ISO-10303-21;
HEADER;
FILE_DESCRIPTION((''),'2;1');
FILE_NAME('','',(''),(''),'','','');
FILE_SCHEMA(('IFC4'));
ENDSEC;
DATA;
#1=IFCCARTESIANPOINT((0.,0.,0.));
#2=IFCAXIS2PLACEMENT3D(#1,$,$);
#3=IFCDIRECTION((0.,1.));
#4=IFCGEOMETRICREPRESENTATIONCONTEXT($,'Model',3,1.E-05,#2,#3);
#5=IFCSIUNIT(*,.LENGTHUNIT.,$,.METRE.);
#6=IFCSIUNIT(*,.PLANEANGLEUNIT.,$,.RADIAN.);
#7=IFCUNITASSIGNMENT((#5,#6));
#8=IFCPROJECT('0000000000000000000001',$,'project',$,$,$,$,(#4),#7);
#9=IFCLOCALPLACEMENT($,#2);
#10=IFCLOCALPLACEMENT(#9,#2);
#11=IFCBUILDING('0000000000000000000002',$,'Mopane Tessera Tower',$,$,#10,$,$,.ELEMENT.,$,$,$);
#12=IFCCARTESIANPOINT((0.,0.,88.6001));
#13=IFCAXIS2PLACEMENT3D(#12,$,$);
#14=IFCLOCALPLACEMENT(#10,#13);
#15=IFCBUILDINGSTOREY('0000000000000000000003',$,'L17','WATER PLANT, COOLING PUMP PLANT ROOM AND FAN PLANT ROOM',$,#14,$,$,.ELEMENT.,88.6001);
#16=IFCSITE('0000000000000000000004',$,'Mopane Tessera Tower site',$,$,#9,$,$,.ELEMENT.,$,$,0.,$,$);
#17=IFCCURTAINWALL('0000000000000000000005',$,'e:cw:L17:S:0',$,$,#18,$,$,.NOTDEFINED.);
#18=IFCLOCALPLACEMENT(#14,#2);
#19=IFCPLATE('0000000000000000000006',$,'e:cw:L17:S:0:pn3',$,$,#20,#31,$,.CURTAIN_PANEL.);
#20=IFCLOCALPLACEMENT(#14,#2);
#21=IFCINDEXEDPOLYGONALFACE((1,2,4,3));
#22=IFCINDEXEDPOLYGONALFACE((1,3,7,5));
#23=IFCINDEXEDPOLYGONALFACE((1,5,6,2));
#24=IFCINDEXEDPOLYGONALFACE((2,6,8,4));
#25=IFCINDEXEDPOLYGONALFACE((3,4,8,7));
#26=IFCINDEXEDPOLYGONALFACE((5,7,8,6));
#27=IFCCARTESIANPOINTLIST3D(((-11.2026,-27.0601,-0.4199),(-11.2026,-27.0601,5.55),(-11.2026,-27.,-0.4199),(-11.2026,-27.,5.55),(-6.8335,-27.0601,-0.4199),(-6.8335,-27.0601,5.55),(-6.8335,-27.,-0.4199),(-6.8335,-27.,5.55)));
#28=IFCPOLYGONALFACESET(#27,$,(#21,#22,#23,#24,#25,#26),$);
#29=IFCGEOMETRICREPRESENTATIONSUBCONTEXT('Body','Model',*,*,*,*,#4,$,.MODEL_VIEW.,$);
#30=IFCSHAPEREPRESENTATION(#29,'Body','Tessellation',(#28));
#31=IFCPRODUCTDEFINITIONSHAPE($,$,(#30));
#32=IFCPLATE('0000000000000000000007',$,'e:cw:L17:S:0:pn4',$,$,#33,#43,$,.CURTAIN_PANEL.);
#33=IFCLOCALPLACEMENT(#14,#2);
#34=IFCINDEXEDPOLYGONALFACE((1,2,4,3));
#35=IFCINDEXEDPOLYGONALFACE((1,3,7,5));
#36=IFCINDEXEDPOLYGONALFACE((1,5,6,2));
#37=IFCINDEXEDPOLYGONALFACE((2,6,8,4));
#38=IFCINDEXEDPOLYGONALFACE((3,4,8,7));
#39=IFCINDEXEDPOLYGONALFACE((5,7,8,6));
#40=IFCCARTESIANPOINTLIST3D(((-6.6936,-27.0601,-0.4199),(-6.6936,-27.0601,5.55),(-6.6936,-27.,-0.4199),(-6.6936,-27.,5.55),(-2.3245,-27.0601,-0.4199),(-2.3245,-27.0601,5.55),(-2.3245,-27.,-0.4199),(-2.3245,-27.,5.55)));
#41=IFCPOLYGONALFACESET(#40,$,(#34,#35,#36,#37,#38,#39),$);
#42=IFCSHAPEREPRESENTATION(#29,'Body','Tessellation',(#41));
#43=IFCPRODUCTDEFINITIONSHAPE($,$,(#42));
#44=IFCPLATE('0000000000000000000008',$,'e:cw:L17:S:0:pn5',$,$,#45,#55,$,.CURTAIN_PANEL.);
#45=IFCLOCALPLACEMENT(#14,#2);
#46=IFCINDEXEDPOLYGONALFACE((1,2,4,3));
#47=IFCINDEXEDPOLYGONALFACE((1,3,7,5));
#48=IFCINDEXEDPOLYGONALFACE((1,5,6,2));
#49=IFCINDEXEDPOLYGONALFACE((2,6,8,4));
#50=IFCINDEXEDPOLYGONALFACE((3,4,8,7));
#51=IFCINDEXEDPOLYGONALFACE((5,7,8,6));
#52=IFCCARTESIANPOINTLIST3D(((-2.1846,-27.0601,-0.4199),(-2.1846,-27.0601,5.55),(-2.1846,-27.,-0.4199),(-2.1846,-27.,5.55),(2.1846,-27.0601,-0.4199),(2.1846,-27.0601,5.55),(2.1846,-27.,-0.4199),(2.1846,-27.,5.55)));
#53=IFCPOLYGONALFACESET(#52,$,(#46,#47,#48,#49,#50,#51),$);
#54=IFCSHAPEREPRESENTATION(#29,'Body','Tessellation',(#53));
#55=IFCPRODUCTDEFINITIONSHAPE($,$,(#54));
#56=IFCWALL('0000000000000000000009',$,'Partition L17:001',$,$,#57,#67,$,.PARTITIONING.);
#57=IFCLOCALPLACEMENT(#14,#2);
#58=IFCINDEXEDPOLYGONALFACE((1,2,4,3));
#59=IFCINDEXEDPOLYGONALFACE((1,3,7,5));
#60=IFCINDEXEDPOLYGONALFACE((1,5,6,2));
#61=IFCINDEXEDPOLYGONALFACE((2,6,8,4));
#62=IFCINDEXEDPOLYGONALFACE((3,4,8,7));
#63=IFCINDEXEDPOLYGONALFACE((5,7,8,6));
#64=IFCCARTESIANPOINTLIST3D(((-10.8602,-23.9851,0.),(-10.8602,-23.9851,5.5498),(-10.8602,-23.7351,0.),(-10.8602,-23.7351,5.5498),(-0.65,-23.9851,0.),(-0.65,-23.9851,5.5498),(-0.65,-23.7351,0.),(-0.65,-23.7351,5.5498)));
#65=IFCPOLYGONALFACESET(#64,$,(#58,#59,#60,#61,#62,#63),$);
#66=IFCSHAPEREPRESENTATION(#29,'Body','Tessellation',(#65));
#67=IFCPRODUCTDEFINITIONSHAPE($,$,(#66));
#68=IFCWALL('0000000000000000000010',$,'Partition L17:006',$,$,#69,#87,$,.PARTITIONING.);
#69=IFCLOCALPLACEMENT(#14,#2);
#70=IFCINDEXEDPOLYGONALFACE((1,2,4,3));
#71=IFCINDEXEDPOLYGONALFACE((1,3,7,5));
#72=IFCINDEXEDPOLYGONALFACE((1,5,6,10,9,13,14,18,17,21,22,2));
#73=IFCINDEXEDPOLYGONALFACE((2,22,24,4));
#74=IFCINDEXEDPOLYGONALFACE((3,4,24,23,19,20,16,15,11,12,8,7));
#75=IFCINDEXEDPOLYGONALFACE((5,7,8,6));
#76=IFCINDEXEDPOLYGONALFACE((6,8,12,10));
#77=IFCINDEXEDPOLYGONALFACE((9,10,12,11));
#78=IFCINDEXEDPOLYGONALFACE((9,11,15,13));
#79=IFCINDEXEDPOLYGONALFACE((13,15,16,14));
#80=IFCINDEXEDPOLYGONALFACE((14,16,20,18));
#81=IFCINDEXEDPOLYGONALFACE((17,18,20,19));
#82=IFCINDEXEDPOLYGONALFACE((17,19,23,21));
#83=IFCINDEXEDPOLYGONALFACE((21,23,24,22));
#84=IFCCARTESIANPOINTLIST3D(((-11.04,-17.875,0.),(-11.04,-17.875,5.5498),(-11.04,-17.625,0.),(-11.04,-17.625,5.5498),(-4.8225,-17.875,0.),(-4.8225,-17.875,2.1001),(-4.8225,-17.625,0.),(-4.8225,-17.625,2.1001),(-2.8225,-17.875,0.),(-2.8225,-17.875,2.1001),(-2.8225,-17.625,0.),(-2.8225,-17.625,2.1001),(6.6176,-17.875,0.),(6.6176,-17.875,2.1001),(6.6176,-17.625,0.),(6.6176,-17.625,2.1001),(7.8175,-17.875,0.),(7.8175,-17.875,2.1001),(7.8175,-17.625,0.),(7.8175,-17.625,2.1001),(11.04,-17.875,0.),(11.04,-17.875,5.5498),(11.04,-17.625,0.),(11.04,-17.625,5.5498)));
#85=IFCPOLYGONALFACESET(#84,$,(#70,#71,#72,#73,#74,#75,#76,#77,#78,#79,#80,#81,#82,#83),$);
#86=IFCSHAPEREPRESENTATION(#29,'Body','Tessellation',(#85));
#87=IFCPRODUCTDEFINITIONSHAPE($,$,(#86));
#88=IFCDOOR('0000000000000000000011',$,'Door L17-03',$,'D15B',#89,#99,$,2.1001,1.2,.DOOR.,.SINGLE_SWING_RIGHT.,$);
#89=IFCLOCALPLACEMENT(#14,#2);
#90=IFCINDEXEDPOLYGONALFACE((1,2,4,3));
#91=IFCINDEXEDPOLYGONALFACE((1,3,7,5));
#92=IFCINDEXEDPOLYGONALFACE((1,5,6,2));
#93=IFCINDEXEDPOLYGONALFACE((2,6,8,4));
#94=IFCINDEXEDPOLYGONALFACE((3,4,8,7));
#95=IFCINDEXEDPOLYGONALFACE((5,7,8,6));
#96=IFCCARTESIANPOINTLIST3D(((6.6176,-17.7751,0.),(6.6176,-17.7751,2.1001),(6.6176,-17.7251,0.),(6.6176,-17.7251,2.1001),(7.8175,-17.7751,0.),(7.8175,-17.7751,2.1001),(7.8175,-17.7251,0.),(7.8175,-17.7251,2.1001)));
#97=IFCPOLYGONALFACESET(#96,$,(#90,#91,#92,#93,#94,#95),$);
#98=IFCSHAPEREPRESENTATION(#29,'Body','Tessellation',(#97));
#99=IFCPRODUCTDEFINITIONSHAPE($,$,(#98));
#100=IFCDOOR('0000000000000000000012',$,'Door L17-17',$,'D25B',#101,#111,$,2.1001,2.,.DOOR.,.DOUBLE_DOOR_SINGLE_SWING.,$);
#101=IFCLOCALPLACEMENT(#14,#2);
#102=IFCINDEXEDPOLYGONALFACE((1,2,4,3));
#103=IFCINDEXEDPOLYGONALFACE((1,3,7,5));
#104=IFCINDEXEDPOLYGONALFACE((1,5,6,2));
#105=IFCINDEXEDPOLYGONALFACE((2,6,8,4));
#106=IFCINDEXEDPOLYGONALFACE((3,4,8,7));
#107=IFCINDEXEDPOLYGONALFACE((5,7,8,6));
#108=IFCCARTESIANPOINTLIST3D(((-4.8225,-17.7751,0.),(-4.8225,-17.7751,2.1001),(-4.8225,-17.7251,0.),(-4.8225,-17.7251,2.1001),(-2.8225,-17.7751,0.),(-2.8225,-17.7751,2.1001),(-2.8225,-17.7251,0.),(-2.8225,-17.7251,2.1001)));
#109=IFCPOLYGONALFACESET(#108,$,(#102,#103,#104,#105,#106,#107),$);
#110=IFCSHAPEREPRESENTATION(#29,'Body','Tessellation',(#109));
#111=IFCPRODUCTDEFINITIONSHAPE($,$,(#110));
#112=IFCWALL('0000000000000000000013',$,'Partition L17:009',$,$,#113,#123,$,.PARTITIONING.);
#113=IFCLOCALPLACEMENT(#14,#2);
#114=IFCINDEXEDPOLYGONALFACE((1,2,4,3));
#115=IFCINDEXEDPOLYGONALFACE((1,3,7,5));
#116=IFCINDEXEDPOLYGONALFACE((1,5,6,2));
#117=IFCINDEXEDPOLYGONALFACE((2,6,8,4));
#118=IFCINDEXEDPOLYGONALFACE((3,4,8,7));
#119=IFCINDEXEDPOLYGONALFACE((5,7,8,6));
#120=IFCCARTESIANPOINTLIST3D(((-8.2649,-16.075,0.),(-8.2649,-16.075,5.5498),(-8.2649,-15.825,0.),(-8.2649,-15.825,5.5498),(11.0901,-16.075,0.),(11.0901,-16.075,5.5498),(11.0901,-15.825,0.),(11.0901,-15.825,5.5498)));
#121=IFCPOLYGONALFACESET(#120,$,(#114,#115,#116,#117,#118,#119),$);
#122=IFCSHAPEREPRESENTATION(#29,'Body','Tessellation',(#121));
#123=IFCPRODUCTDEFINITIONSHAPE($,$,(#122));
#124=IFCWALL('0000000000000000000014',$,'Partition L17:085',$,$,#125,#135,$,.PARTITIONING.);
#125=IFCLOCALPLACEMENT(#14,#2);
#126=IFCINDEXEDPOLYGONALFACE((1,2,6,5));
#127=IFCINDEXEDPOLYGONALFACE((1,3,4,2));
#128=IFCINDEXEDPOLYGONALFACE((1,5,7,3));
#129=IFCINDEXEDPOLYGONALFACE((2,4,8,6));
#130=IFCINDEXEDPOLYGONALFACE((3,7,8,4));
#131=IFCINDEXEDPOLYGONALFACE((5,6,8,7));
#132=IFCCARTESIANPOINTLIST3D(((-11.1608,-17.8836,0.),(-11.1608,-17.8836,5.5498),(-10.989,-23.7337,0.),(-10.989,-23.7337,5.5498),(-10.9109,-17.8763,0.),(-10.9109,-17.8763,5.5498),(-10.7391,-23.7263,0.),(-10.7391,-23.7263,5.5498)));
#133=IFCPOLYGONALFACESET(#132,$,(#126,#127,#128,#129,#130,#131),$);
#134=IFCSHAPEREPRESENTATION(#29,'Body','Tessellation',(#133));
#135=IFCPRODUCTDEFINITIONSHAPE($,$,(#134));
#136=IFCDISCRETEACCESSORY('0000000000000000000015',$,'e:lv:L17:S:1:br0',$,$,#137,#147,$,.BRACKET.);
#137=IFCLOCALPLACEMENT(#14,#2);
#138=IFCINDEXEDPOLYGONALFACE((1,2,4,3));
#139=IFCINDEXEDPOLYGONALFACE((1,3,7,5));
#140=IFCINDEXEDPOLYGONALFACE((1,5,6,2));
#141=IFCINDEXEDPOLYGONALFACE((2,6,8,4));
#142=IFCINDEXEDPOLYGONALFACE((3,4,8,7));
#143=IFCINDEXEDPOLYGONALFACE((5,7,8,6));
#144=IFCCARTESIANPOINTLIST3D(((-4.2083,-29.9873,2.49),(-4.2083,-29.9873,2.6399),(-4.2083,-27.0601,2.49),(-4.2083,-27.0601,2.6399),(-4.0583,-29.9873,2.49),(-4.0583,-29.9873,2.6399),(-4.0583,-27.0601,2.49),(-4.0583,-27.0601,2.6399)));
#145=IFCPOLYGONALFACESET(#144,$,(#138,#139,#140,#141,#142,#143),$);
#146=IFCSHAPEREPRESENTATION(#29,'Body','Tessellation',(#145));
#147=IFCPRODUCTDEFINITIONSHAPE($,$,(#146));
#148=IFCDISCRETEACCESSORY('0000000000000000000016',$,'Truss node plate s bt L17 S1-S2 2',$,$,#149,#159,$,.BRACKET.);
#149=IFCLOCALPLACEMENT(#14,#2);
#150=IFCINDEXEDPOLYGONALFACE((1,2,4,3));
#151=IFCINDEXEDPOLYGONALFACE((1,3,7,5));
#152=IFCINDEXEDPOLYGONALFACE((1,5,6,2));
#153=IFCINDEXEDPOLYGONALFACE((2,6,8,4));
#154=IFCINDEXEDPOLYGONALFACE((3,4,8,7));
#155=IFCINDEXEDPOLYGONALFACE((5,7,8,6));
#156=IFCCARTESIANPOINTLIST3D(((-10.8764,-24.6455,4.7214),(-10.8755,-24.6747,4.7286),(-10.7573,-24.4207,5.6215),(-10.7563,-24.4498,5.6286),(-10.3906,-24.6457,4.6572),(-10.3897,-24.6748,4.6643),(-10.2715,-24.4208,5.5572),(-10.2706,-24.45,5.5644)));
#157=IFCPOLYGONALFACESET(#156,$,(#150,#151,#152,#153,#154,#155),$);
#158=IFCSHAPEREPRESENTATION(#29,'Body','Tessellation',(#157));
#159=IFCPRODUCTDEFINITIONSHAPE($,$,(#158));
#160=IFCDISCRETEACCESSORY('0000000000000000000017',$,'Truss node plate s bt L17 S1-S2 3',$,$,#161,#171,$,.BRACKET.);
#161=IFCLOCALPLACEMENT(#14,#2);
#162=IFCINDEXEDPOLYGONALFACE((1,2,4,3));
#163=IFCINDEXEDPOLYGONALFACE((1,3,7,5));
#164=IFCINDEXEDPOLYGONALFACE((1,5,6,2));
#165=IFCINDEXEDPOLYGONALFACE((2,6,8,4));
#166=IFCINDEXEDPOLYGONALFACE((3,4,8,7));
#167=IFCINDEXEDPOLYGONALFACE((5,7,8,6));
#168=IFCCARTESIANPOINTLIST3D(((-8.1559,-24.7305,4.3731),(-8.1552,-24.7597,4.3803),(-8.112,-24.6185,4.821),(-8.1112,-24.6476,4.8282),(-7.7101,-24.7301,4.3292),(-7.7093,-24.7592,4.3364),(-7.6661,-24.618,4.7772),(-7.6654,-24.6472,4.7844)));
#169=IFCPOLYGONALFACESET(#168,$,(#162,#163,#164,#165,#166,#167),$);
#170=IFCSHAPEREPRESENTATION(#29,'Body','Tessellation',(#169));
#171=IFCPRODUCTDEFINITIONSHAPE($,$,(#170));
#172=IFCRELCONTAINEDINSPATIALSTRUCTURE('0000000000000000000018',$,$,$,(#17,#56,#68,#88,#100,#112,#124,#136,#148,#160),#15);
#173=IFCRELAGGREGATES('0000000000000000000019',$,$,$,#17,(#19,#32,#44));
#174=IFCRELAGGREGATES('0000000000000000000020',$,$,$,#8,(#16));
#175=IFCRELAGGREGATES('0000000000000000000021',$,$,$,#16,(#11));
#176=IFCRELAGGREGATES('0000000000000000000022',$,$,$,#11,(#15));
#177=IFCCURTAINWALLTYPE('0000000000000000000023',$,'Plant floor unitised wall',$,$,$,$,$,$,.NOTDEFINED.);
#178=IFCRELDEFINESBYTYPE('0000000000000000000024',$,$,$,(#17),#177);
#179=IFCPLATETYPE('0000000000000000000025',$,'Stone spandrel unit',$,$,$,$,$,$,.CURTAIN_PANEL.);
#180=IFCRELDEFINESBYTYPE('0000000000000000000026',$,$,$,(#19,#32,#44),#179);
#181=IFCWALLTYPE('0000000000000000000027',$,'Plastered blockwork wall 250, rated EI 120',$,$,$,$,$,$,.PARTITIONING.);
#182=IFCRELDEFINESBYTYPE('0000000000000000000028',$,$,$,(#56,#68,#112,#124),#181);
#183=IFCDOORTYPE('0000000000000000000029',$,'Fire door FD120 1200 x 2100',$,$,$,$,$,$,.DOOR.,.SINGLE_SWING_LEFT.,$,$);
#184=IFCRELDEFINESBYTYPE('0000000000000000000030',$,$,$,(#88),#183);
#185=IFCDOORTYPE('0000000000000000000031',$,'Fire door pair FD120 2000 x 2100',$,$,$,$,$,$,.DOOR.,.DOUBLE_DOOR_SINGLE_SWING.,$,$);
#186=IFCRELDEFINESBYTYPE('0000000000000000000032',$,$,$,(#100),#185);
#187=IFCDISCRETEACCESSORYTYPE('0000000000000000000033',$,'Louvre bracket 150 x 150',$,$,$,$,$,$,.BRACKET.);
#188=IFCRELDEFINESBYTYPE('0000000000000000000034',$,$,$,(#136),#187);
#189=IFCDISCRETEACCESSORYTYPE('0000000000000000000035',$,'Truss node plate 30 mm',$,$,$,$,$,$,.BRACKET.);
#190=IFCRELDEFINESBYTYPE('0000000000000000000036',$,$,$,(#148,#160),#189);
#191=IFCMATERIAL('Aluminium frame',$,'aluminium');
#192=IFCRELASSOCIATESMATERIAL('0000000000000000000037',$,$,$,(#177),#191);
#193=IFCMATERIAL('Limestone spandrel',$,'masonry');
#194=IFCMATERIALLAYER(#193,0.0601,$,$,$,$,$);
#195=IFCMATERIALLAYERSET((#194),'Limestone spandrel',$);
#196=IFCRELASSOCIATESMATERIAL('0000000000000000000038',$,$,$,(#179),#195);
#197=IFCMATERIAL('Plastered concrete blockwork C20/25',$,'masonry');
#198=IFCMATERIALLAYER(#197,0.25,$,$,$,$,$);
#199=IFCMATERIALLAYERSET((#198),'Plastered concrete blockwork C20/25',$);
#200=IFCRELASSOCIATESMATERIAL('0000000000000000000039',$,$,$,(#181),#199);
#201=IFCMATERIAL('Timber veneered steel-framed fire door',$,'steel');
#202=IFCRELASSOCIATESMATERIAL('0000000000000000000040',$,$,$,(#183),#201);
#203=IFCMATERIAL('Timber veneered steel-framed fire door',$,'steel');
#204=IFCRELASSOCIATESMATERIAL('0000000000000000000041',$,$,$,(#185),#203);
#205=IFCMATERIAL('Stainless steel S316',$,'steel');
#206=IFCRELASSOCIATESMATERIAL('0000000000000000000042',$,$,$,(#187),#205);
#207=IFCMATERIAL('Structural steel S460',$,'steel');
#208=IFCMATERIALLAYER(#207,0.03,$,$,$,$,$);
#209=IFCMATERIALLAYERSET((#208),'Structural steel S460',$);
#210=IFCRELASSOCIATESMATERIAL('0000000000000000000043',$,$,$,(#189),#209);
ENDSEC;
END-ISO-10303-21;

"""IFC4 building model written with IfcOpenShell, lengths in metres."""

from ifc_helpers import new_model, si_unit, direction, frame, frame_2d, origin, origin_2d, place, context, subcontext, project, spatial, rectangle, extrude, material, layer, layer_set, type_object, element, fill, aggregate, save


model = new_model("IFC4")

# Units and contexts
model_context = context("Model", 3, precision=1e-05, world=origin(), true_north=direction((0.0, 1.0)))
body_context = subcontext(model_context, "Body", "Model", "MODEL_VIEW")
ifc_project = project(units=[si_unit("LENGTHUNIT", "METRE"), si_unit("PLANEANGLEUNIT", "RADIAN")], contexts=[model_context])

# Site, building, storey
site_placement = place(None, origin())
site = spatial("IfcSite", under=ifc_project, at=site_placement, Name="Mopane Tessera Tower site", CompositionType="ELEMENT", RefElevation=0.0)
building_placement = place(site_placement, origin())
building = spatial("IfcBuilding", under=site, at=building_placement, Name="Mopane Tessera Tower", CompositionType="ELEMENT")
storey_placement = place(building_placement, frame((0.0, 0.0, 88.6001)))
storey = spatial("IfcBuildingStorey", under=building, at=storey_placement, Name="L17", Description="WATER PLANT, COOLING PUMP PLANT ROOM AND FAN PLANT ROOM", CompositionType="ELEMENT", Elevation=88.6001)

# Curtain wall
ifc_material_1 = material(Name="Aluminium frame", Category="aluminium")
curtain_wall_type = type_object("IfcCurtainWallType", Name="Plant floor unitised wall", PredefinedType="NOTDEFINED", material=ifc_material_1)
curtain_wall_placement = place(storey_placement, origin())
curtain_wall = element("IfcCurtainWall", 1, at=curtain_wall_placement, inside=storey, type_object=curtain_wall_type, Name="e:cw:L17:S:0", PredefinedType="NOTDEFINED")

# Plates
ifc_material_2 = material(Name="Limestone spandrel", Category="masonry")
ifc_layer_1 = layer(ifc_material_2, 0.0601)
ifc_layer_set_1 = layer_set([ifc_layer_1], Name="Limestone spandrel")
plate_type = type_object("IfcPlateType", Name="Stone spandrel unit", PredefinedType="CURTAIN_PANEL", material=ifc_layer_set_1)
plate_1_placement = place(storey_placement, frame((-9.0181, -27.03, -0.4199), z_axis=(0.0, 0.0, 1.0), x_axis=(1.0, 0.0, 0.0)))
plate_1 = element("IfcPlate", 2, at=plate_1_placement, type_object=plate_type, Name="e:cw:L17:S:0:pn3", PredefinedType="CURTAIN_PANEL", context=body_context, shape_type="SweptSolid", body=[
    extrude(rectangle(XDim=4.3691, YDim=0.0601, at=origin_2d()), origin(), (0.0, 0.0, 1.0), 5.97),
])
plate_2_placement = place(storey_placement, frame((-4.509, -27.03, -0.4199), z_axis=(0.0, 0.0, 1.0), x_axis=(1.0, 0.0, 0.0)))
plate_2 = element("IfcPlate", 3, at=plate_2_placement, type_object=plate_type, Name="e:cw:L17:S:0:pn4", PredefinedType="CURTAIN_PANEL", context=body_context, shape_type="SweptSolid", body=[
    extrude(rectangle(XDim=4.3691, YDim=0.0601, at=origin_2d()), origin(), (0.0, 0.0, 1.0), 5.97),
])
plate_3_placement = place(storey_placement, frame((0.0, -27.03, -0.4199), z_axis=(0.0, 0.0, 1.0), x_axis=(1.0, 0.0, 0.0)))
plate_3 = element("IfcPlate", 4, at=plate_3_placement, type_object=plate_type, Name="e:cw:L17:S:0:pn5", PredefinedType="CURTAIN_PANEL", context=body_context, shape_type="SweptSolid", body=[
    extrude(rectangle(XDim=4.3691, YDim=0.0601, at=origin_2d()), origin(), (0.0, 0.0, 1.0), 5.97),
])
aggregate(curtain_wall, [plate_1, plate_2, plate_3])

# Wall
ifc_material_3 = material(Name="Plastered concrete blockwork C20/25", Category="masonry")
ifc_layer_2 = layer(ifc_material_3, 0.25)
ifc_layer_set_2 = layer_set([ifc_layer_2], Name="Plastered concrete blockwork C20/25")
wall_type = type_object("IfcWallType", Name="Plastered blockwork wall 250, rated EI 120", PredefinedType="PARTITIONING", material=ifc_layer_set_2)
wall_1_placement = place(storey_placement, frame((-10.8601, -23.8601, 0.0), z_axis=(0.0, 0.0, 1.0), x_axis=(1.0, 0.0, 0.0)))
element("IfcWall", 5, at=wall_1_placement, inside=storey, type_object=wall_type, Name="Partition L17:001", PredefinedType="PARTITIONING", context=body_context, shape_type="SweptSolid", body=[
    extrude(rectangle(XDim=10.2102, YDim=0.25, at=frame_2d((5.105, 0.0))), origin(), (0.0, 0.0, 1.0), 5.5498),
])

# Wall, openings, doors
wall_2_placement = place(storey_placement, frame((-11.04, -17.75, 0.0), z_axis=(0.0, 0.0, 1.0), x_axis=(1.0, 0.0, 0.0)))
wall_2 = element("IfcWall", 6, at=wall_2_placement, inside=storey, type_object=wall_type, Name="Partition L17:006", PredefinedType="PARTITIONING", context=body_context, shape_type="SweptSolid", body=[
    extrude(rectangle(XDim=22.0801, YDim=0.25, at=frame_2d((11.04, 0.0))), origin(), (0.0, 0.0, 1.0), 5.5498),
])
opening_1_placement = place(wall_2_placement, frame((17.6575, 0.0, 0.0)))
opening_1 = element("IfcOpeningElement", 7, at=opening_1_placement, cuts=wall_2, PredefinedType="OPENING", context=body_context, shape_type="SweptSolid", body=[
    extrude(rectangle(XDim=1.2, YDim=2.1001, at=frame_2d((0.6001, 1.05))), frame((0.0, 0.137, 0.0), z_axis=(0.0, -1.0, 0.0), x_axis=(1.0, 0.0, 0.0)), (0.0, 0.0, 1.0), 0.2739),
])
opening_2_placement = place(wall_2_placement, frame((6.2175, 0.0, 0.0)))
opening_2 = element("IfcOpeningElement", 8, at=opening_2_placement, cuts=wall_2, PredefinedType="OPENING", context=body_context, shape_type="SweptSolid", body=[
    extrude(rectangle(XDim=2.0, YDim=2.1001, at=frame_2d((1.0, 1.05))), frame((0.0, 0.137, 0.0), z_axis=(0.0, -1.0, 0.0), x_axis=(1.0, 0.0, 0.0)), (0.0, 0.0, 1.0), 0.2739),
])
ifc_material_4 = material(Name="Timber veneered steel-framed fire door", Category="steel")
door_type_1 = type_object("IfcDoorType", Name="Fire door FD120 1200 x 2100", OperationType="SINGLE_SWING_LEFT", PredefinedType="DOOR", material=ifc_material_4)
door_1_placement = place(opening_1_placement, origin())
door_1 = element("IfcDoor", 9, at=door_1_placement, inside=storey, type_object=door_type_1, Name="Door L17-03", ObjectType="D15B", OperationType="SINGLE_SWING_RIGHT", OverallHeight=2.1001, OverallWidth=1.2, PredefinedType="DOOR", context=body_context, shape_type="SweptSolid", body=[
    extrude(rectangle(XDim=1.2, YDim=2.1001, at=frame_2d((0.6001, 1.05))), frame((0.0, 0.0249, 0.0), z_axis=(0.0, -1.0, 0.0), x_axis=(1.0, 0.0, 0.0)), (0.0, 0.0, 1.0), 0.05),
])
fill(opening_1, door_1)
ifc_material_5 = material(Name="Timber veneered steel-framed fire door", Category="steel")
door_type_2 = type_object("IfcDoorType", Name="Fire door pair FD120 2000 x 2100", OperationType="DOUBLE_DOOR_SINGLE_SWING", PredefinedType="DOOR", material=ifc_material_5)
door_2_placement = place(opening_2_placement, origin())
door_2 = element("IfcDoor", 10, at=door_2_placement, inside=storey, type_object=door_type_2, Name="Door L17-17", ObjectType="D25B", OperationType="DOUBLE_DOOR_SINGLE_SWING", OverallHeight=2.1001, OverallWidth=2.0, PredefinedType="DOOR", context=body_context, shape_type="SweptSolid", body=[
    extrude(rectangle(XDim=2.0, YDim=2.1001, at=frame_2d((1.0, 1.05))), frame((0.0, 0.0249, 0.0), z_axis=(0.0, -1.0, 0.0), x_axis=(1.0, 0.0, 0.0)), (0.0, 0.0, 1.0), 0.05),
])
fill(opening_2, door_2)

# Walls
wall_3_placement = place(storey_placement, frame((-8.2649, -15.95, 0.0), z_axis=(0.0, 0.0, 1.0), x_axis=(1.0, 0.0, 0.0)))
element("IfcWall", 11, at=wall_3_placement, inside=storey, type_object=wall_type, Name="Partition L17:009", PredefinedType="PARTITIONING", context=body_context, shape_type="SweptSolid", body=[
    extrude(rectangle(XDim=19.355, YDim=0.25, at=frame_2d((9.6775, 0.0))), origin(), (0.0, 0.0, 1.0), 5.5498),
])
wall_4_placement = place(storey_placement, frame((-10.864, -23.73, 0.0), z_axis=(0.0, 0.0, 1.0), x_axis=(-0.029367, 0.999569, 0.0)))
element("IfcWall", 12, at=wall_4_placement, inside=storey, type_object=wall_type, Name="Partition L17:085", PredefinedType="PARTITIONING", context=body_context, shape_type="SweptSolid", body=[
    extrude(rectangle(XDim=5.8525, YDim=0.25, at=frame_2d((2.9263, 0.0))), origin(), (0.0, 0.0, 1.0), 5.5498),
])

# Discrete accessories
ifc_material_6 = material(Name="Stainless steel S316", Category="steel")
discrete_accessory_type_1 = type_object("IfcDiscreteAccessoryType", Name="Louvre bracket 150 x 150", PredefinedType="BRACKET", material=ifc_material_6)
discrete_accessory_1_placement = place(storey_placement, frame((-4.1333, -28.5237, 2.49), z_axis=(0.0, 0.0, 1.0), x_axis=(0.0, -1.0, 0.0)))
element("IfcDiscreteAccessory", 13, at=discrete_accessory_1_placement, inside=storey, type_object=discrete_accessory_type_1, Name="e:lv:L17:S:1:br0", PredefinedType="BRACKET", context=body_context, shape_type="SweptSolid", body=[
    extrude(rectangle(XDim=2.9272, YDim=0.1499, at=origin_2d()), origin(), (0.0, 0.0, 1.0), 0.1499),
])
ifc_material_7 = material(Name="Structural steel S460", Category="steel")
ifc_layer_3 = layer(ifc_material_7, 0.03)
ifc_layer_set_3 = layer_set([ifc_layer_3], Name="Structural steel S460")
discrete_accessory_type_2 = type_object("IfcDiscreteAccessoryType", Name="Truss node plate 30 mm", PredefinedType="BRACKET", material=ifc_layer_set_3)
discrete_accessory_2_placement = place(storey_placement, frame((-10.6331, -24.6602, 4.6929), z_axis=(0.127365, 0.240376, 0.962288), x_axis=(-0.031229, 0.97068, -0.238339)))
element("IfcDiscreteAccessory", 14, at=discrete_accessory_2_placement, inside=storey, type_object=discrete_accessory_type_2, Name="Truss node plate s bt L17 S1-S2 2", PredefinedType="BRACKET", context=body_context, shape_type="SweptSolid", body=[
    extrude(rectangle(XDim=0.03, YDim=0.49, at=origin_2d()), origin(), (0.0, 0.0, 1.0), 0.9353),
])
discrete_accessory_3_placement = place(storey_placement, frame((-7.9326, -24.7449, 4.3547), z_axis=(0.094733, 0.241569, 0.965749), x_axis=(-0.024613, 0.970383, -0.240314)))
element("IfcDiscreteAccessory", 15, at=discrete_accessory_3_placement, inside=storey, type_object=discrete_accessory_type_2, Name="Truss node plate s bt L17 S1-S2 3", PredefinedType="BRACKET", context=body_context, shape_type="SweptSolid", body=[
    extrude(rectangle(XDim=0.03, YDim=0.448, at=origin_2d()), origin(), (0.0, 0.0, 1.0), 0.4639),
])

save(model, "model.ifc")
